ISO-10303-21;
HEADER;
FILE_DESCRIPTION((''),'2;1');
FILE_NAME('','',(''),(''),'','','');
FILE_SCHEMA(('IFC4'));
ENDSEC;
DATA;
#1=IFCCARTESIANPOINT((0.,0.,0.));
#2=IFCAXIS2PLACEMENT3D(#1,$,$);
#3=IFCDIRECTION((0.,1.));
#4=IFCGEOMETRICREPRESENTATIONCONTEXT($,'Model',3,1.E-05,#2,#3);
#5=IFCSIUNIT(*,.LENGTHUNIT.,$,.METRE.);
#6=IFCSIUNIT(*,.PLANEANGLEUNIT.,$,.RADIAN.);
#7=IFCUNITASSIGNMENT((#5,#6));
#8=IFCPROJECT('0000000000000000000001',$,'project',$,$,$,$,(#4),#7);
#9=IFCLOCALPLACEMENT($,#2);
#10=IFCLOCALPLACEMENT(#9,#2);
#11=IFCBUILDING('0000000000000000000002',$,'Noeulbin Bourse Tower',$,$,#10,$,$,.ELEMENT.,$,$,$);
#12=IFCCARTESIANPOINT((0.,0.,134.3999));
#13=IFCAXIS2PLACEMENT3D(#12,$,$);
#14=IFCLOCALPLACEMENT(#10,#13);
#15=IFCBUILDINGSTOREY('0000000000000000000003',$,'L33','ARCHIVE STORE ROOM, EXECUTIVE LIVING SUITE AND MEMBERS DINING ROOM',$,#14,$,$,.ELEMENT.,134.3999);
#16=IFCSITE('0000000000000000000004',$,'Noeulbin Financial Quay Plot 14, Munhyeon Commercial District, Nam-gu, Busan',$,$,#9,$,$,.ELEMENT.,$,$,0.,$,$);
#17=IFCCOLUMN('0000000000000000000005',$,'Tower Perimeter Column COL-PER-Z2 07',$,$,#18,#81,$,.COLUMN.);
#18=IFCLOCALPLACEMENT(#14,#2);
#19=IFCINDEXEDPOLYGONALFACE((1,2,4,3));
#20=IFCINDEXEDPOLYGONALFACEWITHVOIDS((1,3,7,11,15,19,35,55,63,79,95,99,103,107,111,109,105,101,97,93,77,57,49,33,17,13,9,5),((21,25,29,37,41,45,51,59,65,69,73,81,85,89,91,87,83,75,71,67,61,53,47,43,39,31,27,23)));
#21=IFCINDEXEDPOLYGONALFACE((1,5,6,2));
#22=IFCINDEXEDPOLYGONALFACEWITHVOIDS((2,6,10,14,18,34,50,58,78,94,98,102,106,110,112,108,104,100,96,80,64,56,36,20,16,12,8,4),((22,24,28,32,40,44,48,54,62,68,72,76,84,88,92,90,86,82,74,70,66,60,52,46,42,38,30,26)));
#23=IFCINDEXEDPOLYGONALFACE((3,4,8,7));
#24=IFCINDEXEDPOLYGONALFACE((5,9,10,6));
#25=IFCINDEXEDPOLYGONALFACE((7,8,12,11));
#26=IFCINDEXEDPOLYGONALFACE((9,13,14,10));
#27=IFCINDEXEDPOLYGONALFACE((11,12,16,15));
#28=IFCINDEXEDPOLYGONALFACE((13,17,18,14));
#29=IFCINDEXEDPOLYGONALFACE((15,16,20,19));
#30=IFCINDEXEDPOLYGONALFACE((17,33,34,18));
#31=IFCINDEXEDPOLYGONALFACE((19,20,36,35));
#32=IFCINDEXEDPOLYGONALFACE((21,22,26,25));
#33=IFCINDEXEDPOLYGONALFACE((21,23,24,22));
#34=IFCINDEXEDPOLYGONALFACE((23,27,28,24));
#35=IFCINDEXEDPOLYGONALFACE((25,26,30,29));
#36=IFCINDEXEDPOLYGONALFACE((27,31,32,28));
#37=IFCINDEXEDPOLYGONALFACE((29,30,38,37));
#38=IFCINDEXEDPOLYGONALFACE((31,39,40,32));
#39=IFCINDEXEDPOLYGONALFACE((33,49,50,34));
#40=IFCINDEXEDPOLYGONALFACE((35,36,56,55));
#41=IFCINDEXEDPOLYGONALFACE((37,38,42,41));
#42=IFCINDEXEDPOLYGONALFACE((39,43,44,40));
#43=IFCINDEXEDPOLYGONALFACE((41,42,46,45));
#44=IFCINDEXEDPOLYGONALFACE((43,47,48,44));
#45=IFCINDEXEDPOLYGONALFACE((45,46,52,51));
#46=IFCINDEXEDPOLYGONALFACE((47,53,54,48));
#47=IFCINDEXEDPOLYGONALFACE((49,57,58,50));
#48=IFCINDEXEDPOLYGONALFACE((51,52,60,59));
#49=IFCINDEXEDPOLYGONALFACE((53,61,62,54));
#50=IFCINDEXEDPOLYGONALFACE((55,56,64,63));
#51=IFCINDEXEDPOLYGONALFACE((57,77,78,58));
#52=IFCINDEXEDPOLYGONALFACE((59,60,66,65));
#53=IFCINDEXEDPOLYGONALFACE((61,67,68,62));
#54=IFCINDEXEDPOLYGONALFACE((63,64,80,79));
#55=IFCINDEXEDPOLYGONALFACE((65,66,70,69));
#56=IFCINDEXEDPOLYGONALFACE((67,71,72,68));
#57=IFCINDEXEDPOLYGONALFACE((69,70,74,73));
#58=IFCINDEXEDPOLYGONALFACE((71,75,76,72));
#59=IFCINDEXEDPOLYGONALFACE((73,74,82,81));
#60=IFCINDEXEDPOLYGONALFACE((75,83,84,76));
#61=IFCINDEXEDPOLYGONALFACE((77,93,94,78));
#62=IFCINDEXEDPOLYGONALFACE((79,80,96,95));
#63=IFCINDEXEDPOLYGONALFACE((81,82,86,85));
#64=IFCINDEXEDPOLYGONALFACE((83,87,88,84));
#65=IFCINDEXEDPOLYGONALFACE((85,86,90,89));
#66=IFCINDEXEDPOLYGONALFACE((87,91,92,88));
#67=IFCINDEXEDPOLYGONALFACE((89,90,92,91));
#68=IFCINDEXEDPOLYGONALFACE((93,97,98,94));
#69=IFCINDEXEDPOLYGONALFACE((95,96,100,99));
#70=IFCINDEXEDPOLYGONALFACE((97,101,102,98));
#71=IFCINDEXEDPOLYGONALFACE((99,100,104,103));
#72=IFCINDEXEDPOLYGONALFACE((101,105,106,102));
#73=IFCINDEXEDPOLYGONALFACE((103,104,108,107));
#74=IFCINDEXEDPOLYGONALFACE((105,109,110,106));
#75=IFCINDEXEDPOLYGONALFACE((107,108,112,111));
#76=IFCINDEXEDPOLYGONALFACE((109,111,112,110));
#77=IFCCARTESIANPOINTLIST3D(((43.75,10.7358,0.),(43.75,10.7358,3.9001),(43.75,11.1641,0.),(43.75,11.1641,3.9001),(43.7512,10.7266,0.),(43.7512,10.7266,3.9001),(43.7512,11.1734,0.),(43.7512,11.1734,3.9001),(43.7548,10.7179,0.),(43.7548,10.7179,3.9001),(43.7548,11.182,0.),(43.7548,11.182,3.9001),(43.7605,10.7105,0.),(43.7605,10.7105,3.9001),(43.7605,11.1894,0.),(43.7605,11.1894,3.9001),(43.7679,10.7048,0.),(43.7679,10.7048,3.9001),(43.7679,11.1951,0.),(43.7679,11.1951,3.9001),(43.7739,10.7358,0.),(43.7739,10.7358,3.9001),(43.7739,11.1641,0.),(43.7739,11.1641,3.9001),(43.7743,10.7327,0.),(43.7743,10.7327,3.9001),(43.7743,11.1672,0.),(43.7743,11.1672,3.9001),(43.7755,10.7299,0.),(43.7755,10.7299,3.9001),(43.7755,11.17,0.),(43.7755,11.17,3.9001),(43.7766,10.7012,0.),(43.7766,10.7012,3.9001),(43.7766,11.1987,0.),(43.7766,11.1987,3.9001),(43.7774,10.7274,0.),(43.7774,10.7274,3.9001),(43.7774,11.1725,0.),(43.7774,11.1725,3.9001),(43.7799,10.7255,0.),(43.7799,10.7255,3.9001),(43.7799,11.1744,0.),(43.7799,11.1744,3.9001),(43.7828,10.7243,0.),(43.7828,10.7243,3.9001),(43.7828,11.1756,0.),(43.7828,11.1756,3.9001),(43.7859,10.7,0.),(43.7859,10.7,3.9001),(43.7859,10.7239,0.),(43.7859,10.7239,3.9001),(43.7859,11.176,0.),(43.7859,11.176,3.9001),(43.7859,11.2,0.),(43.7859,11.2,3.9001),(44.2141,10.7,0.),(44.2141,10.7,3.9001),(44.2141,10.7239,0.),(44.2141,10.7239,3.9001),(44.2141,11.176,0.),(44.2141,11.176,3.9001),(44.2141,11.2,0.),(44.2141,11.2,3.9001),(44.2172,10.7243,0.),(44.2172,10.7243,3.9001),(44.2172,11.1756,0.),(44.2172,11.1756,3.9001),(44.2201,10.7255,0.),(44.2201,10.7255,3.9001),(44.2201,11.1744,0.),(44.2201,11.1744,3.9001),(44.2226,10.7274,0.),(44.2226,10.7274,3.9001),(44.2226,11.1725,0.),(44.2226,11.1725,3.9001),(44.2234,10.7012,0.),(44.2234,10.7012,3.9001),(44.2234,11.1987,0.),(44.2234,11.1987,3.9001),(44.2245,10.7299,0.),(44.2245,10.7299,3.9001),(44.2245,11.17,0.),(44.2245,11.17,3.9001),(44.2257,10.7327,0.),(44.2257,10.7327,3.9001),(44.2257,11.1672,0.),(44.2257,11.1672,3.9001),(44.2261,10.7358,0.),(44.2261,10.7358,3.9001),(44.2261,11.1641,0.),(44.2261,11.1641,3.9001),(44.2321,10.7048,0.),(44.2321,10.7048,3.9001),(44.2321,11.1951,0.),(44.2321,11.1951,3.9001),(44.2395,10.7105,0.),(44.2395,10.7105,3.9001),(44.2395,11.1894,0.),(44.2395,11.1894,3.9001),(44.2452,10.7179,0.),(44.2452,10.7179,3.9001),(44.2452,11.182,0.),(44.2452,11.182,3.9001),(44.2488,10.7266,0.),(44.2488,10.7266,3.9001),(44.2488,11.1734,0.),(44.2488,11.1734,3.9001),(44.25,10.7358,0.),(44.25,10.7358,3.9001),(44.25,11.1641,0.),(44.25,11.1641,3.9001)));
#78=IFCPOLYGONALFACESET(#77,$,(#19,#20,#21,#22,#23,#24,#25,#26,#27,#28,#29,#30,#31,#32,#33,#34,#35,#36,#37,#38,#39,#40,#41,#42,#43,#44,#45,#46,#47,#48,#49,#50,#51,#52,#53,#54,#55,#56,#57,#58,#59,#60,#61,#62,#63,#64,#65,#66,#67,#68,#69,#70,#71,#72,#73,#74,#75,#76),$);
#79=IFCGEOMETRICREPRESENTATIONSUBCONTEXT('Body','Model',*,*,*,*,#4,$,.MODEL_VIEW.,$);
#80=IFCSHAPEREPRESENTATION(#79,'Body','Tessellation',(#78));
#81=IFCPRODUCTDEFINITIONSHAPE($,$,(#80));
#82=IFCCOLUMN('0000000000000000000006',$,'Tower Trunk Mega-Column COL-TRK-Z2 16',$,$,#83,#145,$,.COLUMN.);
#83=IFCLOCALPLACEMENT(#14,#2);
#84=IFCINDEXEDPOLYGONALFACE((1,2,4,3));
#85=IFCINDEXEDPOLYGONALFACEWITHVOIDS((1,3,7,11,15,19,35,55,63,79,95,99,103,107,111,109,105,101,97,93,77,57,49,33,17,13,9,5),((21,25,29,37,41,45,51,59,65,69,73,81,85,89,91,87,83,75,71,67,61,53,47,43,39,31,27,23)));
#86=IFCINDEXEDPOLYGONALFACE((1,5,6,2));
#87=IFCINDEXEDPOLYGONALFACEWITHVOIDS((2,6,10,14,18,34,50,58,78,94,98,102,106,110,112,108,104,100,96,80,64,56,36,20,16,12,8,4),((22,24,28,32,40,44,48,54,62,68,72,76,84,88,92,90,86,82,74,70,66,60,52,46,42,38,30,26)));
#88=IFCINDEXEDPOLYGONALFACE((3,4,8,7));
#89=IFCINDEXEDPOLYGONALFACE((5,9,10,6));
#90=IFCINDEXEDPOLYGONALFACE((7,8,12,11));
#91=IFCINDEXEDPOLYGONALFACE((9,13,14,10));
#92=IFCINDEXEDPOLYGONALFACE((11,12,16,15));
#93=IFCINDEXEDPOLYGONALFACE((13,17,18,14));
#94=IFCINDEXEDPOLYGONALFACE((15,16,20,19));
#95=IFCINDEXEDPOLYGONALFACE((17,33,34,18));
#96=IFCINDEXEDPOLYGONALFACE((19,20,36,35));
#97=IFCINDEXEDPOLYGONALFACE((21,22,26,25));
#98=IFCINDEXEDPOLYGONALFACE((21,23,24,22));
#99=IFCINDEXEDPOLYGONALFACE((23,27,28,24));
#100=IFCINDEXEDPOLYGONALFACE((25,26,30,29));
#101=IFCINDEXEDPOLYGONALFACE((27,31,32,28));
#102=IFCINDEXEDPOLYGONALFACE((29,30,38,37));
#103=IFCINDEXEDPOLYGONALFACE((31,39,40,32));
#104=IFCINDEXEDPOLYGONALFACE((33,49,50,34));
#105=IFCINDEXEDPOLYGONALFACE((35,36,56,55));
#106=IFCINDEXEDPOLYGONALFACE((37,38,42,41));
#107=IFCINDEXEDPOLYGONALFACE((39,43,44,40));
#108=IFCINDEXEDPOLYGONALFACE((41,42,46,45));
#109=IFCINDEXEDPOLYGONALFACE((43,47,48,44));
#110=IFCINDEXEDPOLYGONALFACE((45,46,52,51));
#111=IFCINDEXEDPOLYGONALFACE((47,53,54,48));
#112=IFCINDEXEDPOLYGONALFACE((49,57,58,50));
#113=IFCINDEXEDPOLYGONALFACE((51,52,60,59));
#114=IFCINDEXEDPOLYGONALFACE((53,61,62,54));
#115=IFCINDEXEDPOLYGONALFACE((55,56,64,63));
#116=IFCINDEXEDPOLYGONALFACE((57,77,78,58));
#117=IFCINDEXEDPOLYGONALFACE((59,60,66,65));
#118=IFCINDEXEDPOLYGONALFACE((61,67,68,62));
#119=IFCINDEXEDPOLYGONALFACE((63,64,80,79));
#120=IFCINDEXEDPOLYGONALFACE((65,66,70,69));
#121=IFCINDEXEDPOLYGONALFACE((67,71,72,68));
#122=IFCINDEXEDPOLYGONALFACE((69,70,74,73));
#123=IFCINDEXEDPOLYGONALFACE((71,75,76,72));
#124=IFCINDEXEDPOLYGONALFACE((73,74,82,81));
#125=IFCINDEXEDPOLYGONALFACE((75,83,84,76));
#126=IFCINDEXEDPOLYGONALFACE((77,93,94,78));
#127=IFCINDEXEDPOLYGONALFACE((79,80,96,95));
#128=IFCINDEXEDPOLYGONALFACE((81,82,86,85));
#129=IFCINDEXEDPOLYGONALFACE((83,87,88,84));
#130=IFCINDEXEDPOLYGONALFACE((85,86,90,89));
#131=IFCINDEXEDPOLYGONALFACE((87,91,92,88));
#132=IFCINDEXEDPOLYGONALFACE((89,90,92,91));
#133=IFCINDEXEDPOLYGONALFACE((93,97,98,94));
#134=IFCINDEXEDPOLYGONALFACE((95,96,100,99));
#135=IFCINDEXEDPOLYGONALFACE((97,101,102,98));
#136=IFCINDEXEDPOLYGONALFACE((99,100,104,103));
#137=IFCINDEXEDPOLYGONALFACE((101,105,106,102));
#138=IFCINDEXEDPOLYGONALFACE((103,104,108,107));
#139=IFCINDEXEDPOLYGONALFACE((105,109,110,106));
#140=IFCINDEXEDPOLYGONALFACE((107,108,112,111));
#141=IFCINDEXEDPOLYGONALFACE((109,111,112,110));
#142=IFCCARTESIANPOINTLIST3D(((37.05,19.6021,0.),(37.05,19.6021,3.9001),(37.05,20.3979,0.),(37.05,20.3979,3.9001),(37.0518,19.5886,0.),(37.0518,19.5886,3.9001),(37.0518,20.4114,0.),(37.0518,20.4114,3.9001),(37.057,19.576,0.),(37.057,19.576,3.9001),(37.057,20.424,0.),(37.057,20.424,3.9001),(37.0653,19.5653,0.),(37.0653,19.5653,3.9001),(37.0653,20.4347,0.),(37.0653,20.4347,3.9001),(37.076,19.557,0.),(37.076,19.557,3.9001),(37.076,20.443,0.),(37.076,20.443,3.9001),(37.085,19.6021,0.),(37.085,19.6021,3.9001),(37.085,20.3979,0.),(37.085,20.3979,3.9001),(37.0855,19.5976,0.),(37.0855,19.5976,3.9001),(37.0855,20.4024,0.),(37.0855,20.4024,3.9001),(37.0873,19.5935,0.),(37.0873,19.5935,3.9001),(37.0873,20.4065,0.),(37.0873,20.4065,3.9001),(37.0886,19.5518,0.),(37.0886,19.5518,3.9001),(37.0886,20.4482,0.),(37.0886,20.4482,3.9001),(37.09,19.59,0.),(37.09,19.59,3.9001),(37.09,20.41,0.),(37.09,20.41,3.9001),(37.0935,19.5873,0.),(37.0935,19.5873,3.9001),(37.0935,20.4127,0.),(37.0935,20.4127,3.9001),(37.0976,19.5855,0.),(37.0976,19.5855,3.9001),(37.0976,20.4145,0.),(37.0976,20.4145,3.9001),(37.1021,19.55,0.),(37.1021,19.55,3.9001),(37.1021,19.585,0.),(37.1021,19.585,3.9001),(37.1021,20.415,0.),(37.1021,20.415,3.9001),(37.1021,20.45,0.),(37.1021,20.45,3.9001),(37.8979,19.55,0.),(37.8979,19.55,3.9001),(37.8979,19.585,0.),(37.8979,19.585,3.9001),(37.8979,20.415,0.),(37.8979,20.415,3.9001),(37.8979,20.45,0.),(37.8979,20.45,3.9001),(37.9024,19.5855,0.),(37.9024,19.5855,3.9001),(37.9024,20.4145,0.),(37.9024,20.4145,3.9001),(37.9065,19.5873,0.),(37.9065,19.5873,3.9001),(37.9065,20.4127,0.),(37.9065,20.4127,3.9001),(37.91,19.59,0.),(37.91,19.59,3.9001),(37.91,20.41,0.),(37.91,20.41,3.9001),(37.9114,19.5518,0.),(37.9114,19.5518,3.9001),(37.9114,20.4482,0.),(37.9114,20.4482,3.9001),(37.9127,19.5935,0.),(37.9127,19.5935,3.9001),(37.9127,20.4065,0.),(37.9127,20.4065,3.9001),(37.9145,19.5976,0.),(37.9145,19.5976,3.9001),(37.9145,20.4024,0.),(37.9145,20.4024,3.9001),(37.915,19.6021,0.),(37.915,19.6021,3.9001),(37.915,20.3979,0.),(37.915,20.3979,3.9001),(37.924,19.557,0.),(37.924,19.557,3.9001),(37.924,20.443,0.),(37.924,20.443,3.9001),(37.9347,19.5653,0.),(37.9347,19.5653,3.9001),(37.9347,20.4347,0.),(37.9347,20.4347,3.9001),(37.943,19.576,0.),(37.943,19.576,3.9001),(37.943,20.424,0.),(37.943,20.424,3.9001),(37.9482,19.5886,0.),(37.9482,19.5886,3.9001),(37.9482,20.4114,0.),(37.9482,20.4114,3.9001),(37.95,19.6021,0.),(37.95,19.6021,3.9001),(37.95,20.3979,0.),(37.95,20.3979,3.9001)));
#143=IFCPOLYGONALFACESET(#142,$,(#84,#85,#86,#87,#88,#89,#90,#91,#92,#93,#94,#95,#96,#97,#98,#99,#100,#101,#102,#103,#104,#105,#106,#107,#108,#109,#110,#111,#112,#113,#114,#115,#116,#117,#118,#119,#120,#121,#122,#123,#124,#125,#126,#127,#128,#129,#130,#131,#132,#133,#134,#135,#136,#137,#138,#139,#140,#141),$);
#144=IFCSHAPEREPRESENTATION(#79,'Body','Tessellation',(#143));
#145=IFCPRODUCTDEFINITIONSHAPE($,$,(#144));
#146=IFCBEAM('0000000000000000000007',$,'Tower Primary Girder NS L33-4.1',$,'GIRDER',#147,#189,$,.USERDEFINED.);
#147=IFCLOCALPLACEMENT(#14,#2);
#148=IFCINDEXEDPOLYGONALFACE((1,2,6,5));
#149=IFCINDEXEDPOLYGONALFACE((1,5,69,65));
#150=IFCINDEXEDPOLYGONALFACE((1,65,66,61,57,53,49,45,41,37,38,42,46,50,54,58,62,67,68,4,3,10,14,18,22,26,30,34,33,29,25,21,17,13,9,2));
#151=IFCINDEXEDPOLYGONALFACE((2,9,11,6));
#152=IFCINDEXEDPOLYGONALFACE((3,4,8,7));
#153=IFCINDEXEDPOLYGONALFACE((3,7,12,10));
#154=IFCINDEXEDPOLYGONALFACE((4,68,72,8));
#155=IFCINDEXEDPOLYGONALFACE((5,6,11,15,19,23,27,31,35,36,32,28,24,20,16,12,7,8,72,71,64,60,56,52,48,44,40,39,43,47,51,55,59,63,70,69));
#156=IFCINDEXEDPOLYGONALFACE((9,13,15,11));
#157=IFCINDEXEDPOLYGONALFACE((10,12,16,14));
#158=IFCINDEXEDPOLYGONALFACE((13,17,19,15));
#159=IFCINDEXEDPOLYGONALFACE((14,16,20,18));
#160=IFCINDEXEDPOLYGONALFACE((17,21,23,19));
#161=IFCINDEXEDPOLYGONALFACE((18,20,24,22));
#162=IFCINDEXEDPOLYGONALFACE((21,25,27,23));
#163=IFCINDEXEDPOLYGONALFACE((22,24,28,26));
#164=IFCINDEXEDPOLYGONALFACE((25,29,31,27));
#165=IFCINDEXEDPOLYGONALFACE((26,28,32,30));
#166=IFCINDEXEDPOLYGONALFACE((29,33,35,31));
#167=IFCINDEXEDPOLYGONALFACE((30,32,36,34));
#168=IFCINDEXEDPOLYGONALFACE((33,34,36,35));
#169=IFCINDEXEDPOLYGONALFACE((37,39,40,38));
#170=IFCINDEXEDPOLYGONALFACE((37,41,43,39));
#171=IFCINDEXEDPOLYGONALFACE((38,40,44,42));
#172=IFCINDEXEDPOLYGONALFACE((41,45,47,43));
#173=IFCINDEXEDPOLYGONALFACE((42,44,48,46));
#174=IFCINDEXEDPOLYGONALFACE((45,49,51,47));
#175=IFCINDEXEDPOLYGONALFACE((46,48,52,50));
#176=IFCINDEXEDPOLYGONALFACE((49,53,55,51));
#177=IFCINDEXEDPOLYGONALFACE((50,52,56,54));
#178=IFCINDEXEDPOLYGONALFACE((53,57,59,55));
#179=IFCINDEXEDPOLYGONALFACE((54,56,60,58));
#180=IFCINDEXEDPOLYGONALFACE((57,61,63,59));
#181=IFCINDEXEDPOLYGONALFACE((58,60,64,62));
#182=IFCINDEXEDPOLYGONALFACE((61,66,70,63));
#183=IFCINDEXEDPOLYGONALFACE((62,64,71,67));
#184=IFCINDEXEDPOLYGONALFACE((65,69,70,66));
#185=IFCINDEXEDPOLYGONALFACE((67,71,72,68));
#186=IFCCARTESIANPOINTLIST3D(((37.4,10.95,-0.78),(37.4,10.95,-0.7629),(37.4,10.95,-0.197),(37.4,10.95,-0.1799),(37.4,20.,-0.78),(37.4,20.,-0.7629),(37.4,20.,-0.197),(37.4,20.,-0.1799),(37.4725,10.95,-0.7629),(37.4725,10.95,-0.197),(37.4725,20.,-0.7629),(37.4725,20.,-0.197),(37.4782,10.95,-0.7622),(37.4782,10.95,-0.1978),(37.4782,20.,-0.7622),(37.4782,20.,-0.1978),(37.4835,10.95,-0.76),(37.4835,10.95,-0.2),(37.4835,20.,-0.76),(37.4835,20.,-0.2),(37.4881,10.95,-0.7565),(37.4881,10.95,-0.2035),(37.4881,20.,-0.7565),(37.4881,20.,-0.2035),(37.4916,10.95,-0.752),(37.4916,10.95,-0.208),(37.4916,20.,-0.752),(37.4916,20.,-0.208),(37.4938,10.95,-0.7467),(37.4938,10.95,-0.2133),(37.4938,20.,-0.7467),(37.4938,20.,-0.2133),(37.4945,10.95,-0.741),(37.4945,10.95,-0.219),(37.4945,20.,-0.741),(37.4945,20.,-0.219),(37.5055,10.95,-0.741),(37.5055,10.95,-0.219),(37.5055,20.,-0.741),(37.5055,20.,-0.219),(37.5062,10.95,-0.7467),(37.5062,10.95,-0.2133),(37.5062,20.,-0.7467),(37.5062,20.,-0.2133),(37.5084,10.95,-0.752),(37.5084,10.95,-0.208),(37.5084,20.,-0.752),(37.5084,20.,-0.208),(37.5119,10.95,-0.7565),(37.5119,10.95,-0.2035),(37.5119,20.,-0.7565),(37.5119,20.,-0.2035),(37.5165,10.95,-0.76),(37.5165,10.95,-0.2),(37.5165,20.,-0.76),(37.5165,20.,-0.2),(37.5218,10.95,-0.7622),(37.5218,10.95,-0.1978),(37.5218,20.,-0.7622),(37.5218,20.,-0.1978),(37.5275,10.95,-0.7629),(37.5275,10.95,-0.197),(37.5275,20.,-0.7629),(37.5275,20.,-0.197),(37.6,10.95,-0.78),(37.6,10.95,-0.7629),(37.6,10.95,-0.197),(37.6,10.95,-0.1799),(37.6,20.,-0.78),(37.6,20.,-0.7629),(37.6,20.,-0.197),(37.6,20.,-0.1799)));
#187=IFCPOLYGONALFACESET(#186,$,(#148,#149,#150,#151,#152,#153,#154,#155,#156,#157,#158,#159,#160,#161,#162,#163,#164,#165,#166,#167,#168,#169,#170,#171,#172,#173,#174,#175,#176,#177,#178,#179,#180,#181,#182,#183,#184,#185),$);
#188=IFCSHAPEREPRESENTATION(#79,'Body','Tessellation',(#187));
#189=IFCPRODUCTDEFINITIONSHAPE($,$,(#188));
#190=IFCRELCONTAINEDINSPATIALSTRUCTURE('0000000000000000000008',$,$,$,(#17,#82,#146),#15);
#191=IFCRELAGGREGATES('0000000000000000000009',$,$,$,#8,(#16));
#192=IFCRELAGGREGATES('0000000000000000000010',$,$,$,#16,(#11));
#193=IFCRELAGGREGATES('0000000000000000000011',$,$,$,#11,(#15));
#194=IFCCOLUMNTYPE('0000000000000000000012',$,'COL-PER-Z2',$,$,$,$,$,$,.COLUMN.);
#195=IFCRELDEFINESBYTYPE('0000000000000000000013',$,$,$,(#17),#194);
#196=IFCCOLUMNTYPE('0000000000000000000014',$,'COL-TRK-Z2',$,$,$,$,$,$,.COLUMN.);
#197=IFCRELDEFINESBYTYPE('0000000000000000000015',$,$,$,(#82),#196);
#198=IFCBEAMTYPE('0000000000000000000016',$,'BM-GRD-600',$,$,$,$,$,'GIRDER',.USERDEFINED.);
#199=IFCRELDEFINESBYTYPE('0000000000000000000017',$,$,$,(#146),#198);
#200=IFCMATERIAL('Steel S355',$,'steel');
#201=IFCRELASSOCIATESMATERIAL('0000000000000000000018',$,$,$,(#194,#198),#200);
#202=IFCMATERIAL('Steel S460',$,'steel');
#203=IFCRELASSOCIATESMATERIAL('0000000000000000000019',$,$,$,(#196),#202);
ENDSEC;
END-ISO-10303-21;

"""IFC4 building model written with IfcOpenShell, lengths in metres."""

from ifc_helpers import new_model, si_unit, direction, frame, origin, origin_2d, place, context, subcontext, project, spatial, hollow_rectangle, i_section, extrude, material, material_profile, profile_set, type_object, element, save


model = new_model("IFC4")

# Units and contexts
model_context = context("Model", 3, precision=1e-05, world=origin(), true_north=direction((0.0, 1.0)))
body_context = subcontext(model_context, "Body", "Model", "MODEL_VIEW")
ifc_project = project(units=[si_unit("LENGTHUNIT", "METRE"), si_unit("PLANEANGLEUNIT", "RADIAN")], contexts=[model_context])

# Site, building, storey
site_placement = place(None, origin())
site = spatial("IfcSite", under=ifc_project, at=site_placement, Name="Noeulbin Financial Quay Plot 14, Munhyeon Commercial District, Nam-gu, Busan", CompositionType="ELEMENT", RefElevation=0.0)
building_placement = place(site_placement, origin())
building = spatial("IfcBuilding", under=site, at=building_placement, Name="Noeulbin Bourse Tower", CompositionType="ELEMENT")
storey_placement = place(building_placement, frame((0.0, 0.0, 134.3999)))
storey = spatial("IfcBuildingStorey", under=building, at=storey_placement, Name="L33", Description="ARCHIVE STORE ROOM, EXECUTIVE LIVING SUITE AND MEMBERS DINING ROOM", CompositionType="ELEMENT", Elevation=134.3999)

# Columns
ifc_material_1 = material(Name="Steel S355", Category="steel")
ifc_material_profile_1 = material_profile(ifc_material_1, hollow_rectangle(XDim=0.5, YDim=0.5, WallThickness=0.0239, InnerFilletRadius=0.012, OuterFilletRadius=0.0359, at=origin_2d()), Name="BOX-500x500x24", Category="LoadBearing")
ifc_profile_set_1 = profile_set([ifc_material_profile_1], Name="Steel S355")
column_type_1 = type_object("IfcColumnType", Name="COL-PER-Z2", PredefinedType="COLUMN", material=ifc_profile_set_1)
column_1_placement = place(storey_placement, frame((44.0, 10.95, 0.0), z_axis=(0.0, 0.0, 1.0), x_axis=(1.0, 0.0, 0.0)))
element("IfcColumn", 1, at=column_1_placement, inside=storey, type_object=column_type_1, Name="Tower Perimeter Column COL-PER-Z2 07", PredefinedType="COLUMN", context=body_context, shape_type="SweptSolid", body=[
    extrude(hollow_rectangle(XDim=0.5, YDim=0.5, WallThickness=0.0239, InnerFilletRadius=0.012, OuterFilletRadius=0.0359, at=origin_2d()), origin(), (0.0, 0.0, 1.0), 3.9001),
])
ifc_material_2 = material(Name="Steel S460", Category="steel")
ifc_material_profile_2 = material_profile(ifc_material_2, hollow_rectangle(XDim=0.8999, YDim=0.8999, WallThickness=0.0349, InnerFilletRadius=0.0171, OuterFilletRadius=0.052, at=origin_2d()), Name="BOX-900x900x35", Category="LoadBearing")
ifc_profile_set_2 = profile_set([ifc_material_profile_2], Name="Steel S460")
column_type_2 = type_object("IfcColumnType", Name="COL-TRK-Z2", PredefinedType="COLUMN", material=ifc_profile_set_2)
column_2_placement = place(storey_placement, frame((37.5, 20.0, 0.0), z_axis=(0.0, 0.0, 1.0), x_axis=(1.0, 0.0, 0.0)))
element("IfcColumn", 2, at=column_2_placement, inside=storey, type_object=column_type_2, Name="Tower Trunk Mega-Column COL-TRK-Z2 16", PredefinedType="COLUMN", context=body_context, shape_type="SweptSolid", body=[
    extrude(hollow_rectangle(XDim=0.8999, YDim=0.8999, WallThickness=0.0349, InnerFilletRadius=0.0171, OuterFilletRadius=0.052, at=origin_2d()), origin(), (0.0, 0.0, 1.0), 3.9001),
])

# Beam
ifc_material_profile_3 = material_profile(ifc_material_1, i_section(OverallWidth=0.2, OverallDepth=0.6001, WebThickness=0.011, FlangeThickness=0.0171, FilletRadius=0.022, at=origin_2d()), Name="H-600x200x11x17", Category="LoadBearing")
ifc_profile_set_3 = profile_set([ifc_material_profile_3], Name="Steel S355")
beam_type_1 = type_object("IfcBeamType", Name="BM-GRD-600", ElementType="GIRDER", PredefinedType="USERDEFINED", material=ifc_profile_set_3)
beam_1_placement = place(storey_placement, frame((37.5, 10.95, -0.48), z_axis=(0.0, 1.0, 0.0), x_axis=(-1.0, 0.0, 0.0)))
element("IfcBeam", 3, at=beam_1_placement, inside=storey, type_object=beam_type_1, Name="Tower Primary Girder NS L33-4.1", ObjectType="GIRDER", PredefinedType="USERDEFINED", context=body_context, shape_type="SweptSolid", body=[
    extrude(i_section(OverallWidth=0.2, OverallDepth=0.6001, WebThickness=0.011, FlangeThickness=0.0171, FilletRadius=0.022, at=origin_2d()), origin(), (0.0, 0.0, 1.0), 9.05),
])

save(model, "model.ifc")
